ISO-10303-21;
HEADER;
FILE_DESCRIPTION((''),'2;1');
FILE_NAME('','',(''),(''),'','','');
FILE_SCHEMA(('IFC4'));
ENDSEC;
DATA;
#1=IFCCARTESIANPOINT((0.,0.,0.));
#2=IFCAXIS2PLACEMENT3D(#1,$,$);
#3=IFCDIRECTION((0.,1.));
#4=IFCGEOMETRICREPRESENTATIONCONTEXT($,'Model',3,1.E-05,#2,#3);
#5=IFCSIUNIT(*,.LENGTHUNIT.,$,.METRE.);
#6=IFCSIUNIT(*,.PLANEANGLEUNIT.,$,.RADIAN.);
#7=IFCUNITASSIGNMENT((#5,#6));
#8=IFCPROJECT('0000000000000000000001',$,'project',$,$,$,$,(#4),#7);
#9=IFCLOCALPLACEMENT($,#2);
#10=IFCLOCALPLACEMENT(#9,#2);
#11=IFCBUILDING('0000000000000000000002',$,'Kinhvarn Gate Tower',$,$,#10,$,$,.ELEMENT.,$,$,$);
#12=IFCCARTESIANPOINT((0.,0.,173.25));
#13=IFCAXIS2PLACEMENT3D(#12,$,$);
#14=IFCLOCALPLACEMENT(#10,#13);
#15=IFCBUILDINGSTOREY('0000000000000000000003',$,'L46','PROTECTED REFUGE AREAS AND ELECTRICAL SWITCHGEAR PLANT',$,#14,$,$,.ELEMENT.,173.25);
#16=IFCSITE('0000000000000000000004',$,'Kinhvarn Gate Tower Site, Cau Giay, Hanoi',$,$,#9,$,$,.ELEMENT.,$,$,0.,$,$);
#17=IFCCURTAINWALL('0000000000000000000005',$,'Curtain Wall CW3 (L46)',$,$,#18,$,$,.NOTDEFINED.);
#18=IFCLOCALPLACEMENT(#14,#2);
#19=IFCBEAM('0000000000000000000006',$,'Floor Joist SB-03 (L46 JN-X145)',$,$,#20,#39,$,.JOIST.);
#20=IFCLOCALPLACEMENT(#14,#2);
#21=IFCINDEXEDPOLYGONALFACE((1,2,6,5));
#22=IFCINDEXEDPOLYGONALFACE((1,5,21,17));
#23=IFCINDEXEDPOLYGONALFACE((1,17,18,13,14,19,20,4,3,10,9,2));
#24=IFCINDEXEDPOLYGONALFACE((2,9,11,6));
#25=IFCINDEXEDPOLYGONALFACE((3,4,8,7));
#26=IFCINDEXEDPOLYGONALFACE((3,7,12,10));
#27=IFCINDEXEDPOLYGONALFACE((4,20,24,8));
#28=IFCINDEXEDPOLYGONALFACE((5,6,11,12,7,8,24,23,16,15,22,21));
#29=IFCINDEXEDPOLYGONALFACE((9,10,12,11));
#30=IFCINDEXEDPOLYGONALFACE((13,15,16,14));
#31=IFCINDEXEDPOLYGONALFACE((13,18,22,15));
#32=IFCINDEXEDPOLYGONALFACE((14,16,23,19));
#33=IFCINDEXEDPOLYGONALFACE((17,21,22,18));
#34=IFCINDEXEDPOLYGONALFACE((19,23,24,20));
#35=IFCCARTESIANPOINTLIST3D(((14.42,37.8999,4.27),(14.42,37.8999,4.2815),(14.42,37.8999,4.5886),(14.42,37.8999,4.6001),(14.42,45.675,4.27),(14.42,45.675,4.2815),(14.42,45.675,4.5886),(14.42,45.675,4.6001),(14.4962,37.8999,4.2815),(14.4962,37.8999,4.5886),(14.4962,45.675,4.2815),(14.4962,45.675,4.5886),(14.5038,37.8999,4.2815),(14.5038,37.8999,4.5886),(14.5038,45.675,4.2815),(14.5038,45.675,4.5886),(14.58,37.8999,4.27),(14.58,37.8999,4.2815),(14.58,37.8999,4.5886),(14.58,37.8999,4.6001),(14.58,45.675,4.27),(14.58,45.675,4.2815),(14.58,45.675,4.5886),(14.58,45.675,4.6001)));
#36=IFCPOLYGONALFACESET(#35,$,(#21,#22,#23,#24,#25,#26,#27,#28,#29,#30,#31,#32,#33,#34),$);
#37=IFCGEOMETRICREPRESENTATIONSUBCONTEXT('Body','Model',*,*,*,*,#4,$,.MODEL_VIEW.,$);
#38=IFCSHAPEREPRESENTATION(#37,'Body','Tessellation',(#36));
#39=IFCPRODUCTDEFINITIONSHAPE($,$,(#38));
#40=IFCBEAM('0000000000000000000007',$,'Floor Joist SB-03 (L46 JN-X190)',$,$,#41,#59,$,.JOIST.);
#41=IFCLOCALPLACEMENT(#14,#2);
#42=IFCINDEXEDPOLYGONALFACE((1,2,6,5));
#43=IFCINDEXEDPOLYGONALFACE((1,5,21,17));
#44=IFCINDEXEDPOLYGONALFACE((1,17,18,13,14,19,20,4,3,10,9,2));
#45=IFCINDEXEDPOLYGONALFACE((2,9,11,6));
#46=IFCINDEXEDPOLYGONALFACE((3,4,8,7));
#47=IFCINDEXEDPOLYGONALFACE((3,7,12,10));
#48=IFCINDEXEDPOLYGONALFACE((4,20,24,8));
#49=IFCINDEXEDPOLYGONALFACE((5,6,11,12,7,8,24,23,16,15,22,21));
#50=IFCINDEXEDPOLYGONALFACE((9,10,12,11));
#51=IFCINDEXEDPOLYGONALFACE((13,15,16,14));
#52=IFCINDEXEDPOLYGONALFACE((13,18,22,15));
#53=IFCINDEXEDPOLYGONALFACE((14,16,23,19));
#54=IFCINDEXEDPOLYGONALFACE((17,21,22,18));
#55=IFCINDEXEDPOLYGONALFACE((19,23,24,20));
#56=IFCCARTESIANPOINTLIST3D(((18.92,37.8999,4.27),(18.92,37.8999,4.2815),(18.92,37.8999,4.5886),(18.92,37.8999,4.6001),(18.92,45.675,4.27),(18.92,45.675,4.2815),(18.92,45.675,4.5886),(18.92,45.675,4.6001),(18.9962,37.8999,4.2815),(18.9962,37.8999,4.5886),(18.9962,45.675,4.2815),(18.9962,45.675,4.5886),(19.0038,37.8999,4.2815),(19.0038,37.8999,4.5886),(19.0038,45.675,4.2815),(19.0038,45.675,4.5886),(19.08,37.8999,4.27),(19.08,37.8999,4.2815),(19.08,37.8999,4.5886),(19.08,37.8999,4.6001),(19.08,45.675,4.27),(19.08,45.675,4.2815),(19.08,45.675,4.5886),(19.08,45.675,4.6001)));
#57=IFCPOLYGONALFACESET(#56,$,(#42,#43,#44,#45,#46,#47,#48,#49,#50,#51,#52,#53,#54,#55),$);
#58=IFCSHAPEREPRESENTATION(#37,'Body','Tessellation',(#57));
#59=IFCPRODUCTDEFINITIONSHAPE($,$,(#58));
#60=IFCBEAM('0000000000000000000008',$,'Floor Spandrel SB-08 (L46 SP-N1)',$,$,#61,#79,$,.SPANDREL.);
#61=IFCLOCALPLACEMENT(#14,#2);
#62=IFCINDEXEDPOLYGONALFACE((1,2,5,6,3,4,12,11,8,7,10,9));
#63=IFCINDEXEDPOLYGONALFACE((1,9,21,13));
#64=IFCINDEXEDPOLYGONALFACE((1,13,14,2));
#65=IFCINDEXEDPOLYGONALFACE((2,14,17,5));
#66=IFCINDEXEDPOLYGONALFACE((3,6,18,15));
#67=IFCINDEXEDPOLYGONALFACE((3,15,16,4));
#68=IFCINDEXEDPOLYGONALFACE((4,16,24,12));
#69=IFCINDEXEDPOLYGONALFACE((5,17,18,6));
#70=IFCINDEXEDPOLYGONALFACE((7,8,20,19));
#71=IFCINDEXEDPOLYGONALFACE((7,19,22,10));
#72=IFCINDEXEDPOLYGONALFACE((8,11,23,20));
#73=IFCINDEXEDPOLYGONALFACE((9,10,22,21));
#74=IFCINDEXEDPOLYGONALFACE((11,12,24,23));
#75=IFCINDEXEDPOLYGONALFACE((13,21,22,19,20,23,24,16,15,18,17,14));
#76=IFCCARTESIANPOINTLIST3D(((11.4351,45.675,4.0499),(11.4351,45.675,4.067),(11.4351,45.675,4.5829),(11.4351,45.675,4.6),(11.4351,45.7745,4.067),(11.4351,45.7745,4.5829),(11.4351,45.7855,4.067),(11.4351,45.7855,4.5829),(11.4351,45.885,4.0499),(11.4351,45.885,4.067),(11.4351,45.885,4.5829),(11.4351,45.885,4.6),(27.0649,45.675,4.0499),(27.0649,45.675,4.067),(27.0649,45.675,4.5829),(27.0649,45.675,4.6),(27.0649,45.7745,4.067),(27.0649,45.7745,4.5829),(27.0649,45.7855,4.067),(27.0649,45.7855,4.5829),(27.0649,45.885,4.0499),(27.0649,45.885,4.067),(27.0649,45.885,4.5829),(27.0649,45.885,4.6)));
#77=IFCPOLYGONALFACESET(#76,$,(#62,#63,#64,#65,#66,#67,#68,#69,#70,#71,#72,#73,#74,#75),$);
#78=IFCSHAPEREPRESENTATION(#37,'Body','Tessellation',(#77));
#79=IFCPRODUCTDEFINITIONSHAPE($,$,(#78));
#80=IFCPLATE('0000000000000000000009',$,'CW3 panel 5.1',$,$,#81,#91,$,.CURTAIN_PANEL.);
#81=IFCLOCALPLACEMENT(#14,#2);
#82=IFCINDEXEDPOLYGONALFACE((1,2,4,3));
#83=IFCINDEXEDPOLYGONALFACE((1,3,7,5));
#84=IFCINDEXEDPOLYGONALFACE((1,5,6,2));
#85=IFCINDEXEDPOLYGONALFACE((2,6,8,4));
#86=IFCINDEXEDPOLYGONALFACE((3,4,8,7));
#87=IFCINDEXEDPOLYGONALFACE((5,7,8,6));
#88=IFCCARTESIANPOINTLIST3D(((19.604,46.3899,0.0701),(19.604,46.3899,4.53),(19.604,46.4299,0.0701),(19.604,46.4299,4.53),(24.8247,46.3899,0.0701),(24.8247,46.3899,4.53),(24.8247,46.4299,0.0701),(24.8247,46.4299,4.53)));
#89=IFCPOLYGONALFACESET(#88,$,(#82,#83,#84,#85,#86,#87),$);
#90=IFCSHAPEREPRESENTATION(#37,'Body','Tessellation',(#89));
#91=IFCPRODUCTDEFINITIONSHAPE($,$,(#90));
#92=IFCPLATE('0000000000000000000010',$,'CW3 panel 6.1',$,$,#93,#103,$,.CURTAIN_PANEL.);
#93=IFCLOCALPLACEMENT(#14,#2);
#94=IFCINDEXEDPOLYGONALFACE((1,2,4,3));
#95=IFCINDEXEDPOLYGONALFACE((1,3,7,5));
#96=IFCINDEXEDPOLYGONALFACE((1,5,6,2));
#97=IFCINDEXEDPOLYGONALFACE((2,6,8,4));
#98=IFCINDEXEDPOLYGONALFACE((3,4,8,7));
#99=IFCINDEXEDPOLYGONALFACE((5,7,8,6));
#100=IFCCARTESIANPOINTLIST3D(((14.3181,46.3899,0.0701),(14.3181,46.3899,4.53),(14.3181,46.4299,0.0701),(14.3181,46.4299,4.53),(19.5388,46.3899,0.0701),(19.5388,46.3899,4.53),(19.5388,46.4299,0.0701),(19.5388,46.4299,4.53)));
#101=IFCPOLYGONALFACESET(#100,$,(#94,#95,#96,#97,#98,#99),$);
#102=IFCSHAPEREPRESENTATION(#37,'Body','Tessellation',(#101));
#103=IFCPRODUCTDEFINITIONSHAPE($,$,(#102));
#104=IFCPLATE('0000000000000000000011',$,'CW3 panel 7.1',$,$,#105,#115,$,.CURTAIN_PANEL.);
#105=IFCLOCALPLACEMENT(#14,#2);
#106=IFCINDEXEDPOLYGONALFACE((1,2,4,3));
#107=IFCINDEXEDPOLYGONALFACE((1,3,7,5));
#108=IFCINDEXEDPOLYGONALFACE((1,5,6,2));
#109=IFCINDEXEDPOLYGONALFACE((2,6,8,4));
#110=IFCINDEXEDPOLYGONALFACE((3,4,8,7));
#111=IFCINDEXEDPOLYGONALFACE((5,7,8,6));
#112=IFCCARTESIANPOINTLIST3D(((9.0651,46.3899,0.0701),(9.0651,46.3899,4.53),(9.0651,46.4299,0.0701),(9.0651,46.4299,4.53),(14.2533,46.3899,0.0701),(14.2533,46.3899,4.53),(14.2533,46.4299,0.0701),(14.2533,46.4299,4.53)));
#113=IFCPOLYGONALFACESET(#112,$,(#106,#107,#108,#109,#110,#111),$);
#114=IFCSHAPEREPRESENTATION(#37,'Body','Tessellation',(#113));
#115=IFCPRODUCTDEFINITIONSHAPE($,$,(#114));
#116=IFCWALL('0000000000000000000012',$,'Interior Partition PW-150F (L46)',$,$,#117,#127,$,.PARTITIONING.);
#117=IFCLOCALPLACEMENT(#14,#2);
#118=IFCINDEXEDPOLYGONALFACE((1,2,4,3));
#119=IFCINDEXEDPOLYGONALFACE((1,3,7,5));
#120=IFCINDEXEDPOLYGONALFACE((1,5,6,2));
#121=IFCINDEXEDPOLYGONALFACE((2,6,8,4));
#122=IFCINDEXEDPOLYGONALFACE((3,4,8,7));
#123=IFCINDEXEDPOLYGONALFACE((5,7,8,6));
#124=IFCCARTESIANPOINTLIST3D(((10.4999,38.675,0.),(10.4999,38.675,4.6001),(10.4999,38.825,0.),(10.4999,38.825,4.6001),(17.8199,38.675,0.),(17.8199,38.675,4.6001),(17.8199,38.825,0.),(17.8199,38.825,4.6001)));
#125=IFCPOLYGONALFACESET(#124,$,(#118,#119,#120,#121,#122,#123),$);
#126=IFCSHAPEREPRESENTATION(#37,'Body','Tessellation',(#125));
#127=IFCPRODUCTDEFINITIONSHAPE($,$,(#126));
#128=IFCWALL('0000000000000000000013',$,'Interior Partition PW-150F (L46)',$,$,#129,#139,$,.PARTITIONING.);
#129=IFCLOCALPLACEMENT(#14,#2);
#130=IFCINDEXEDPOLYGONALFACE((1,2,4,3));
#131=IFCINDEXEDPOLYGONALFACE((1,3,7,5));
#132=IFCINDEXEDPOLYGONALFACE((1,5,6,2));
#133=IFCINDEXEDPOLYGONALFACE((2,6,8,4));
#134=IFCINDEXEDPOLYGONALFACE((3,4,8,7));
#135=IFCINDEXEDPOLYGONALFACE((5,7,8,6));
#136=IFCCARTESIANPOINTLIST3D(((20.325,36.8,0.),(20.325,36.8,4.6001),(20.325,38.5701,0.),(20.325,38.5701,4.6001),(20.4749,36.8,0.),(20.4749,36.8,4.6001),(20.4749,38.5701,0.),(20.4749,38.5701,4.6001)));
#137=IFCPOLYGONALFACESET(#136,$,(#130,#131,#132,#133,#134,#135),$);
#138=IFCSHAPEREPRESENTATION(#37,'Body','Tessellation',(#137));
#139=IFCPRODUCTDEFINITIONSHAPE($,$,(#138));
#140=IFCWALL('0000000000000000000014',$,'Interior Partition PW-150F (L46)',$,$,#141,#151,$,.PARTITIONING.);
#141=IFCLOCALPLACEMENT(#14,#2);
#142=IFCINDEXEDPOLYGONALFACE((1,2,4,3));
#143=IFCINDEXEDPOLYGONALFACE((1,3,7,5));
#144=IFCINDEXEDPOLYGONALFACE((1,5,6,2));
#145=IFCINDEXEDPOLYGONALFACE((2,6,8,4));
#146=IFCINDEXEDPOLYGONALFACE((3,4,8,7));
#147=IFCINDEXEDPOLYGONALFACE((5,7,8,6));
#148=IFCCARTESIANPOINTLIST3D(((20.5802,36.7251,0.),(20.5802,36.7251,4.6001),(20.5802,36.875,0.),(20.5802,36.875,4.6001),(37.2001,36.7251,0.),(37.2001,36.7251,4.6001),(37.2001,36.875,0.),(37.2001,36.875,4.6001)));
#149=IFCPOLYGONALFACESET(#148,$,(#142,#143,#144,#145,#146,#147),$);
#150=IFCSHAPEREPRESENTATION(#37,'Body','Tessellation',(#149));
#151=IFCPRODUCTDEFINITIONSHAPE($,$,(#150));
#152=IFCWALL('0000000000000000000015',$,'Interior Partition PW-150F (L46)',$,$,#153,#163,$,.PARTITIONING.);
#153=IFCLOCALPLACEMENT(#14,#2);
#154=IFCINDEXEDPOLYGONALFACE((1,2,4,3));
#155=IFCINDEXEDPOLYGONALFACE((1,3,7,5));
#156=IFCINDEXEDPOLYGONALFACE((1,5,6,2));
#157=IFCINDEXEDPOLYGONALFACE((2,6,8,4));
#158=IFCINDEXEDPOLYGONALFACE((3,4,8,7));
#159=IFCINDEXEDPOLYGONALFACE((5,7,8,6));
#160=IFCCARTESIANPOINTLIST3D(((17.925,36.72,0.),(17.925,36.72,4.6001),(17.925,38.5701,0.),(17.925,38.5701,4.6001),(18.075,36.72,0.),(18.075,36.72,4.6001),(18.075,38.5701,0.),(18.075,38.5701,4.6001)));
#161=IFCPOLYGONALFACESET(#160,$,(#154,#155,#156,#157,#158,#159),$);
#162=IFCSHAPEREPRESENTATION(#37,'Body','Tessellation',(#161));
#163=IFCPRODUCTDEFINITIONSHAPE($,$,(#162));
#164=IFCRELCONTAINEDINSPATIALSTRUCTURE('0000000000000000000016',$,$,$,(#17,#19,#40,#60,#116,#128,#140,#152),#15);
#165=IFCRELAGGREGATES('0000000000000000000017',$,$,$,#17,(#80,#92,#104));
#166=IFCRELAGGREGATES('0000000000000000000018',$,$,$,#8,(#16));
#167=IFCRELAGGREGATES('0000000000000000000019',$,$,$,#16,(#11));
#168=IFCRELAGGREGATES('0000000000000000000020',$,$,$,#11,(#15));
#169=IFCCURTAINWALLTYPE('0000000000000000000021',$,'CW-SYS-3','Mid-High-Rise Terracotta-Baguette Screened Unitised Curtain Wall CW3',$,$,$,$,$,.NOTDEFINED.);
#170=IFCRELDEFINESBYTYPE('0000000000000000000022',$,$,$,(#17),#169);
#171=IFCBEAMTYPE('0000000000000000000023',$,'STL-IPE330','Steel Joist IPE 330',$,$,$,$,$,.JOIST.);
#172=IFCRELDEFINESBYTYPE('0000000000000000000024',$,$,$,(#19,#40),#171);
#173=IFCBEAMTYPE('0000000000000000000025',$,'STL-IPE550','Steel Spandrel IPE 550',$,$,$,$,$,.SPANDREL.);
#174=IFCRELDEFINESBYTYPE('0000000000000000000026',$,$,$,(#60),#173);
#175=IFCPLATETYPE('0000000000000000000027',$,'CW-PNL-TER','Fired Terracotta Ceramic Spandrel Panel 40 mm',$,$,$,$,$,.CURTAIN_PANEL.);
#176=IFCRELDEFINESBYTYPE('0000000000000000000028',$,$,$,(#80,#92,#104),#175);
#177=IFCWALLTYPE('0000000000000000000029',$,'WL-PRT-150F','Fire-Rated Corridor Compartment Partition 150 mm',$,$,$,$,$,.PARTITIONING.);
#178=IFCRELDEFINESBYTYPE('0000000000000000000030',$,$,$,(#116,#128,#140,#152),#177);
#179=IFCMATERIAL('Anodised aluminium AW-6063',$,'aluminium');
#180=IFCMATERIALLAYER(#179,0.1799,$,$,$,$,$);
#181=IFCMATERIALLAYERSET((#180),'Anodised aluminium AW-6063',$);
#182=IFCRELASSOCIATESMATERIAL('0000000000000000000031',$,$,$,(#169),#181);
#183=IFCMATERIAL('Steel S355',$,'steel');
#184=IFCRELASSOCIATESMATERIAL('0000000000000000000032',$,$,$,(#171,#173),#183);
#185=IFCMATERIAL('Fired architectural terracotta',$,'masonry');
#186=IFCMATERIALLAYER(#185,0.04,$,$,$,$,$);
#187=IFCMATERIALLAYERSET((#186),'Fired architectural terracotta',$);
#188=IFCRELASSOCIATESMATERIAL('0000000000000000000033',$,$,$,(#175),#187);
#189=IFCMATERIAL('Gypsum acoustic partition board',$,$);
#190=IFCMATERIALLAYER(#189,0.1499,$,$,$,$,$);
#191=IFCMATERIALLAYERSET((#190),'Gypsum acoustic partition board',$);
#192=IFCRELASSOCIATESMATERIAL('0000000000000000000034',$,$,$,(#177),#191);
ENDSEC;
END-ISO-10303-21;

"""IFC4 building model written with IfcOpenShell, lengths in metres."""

from ifc_helpers import new_model, si_unit, direction, frame, frame_2d, origin, origin_2d, place, context, subcontext, project, spatial, rectangle, i_section, extrude, material, layer, layer_set, material_profile, profile_set, type_object, element, aggregate, save


model = new_model("IFC4")

# Units and contexts
model_context = context("Model", 3, precision=1e-05, world=origin(), true_north=direction((0.0, 1.0)))
body_context = subcontext(model_context, "Body", "Model", "MODEL_VIEW")
ifc_project = project(units=[si_unit("LENGTHUNIT", "METRE"), si_unit("PLANEANGLEUNIT", "RADIAN")], contexts=[model_context])

# Site, building, storey
site_placement = place(None, origin())
site = spatial("IfcSite", under=ifc_project, at=site_placement, Name="Kinhvarn Gate Tower Site, Cau Giay, Hanoi", CompositionType="ELEMENT", RefElevation=0.0)
building_placement = place(site_placement, origin())
building = spatial("IfcBuilding", under=site, at=building_placement, Name="Kinhvarn Gate Tower", CompositionType="ELEMENT")
storey_placement = place(building_placement, frame((0.0, 0.0, 173.25)))
storey = spatial("IfcBuildingStorey", under=building, at=storey_placement, Name="L46", Description="PROTECTED REFUGE AREAS AND ELECTRICAL SWITCHGEAR PLANT", CompositionType="ELEMENT", Elevation=173.25)

# Curtain wall
ifc_material_1 = material(Name="Anodised aluminium AW-6063", Category="aluminium")
ifc_layer_1 = layer(ifc_material_1, 0.1799)
ifc_layer_set_1 = layer_set([ifc_layer_1], Name="Anodised aluminium AW-6063")
curtain_wall_type = type_object("IfcCurtainWallType", Name="CW-SYS-3", Description="Mid-High-Rise Terracotta-Baguette Screened Unitised Curtain Wall CW3", PredefinedType="NOTDEFINED", material=ifc_layer_set_1)
curtain_wall_placement = place(storey_placement, origin())
curtain_wall = element("IfcCurtainWall", 1, at=curtain_wall_placement, inside=storey, type_object=curtain_wall_type, Name="Curtain Wall CW3 (L46)", PredefinedType="NOTDEFINED")

# Shared definitions
ifc_material_2 = material(Name="Steel S355", Category="steel")

# Beams
ifc_material_profile_1 = material_profile(ifc_material_2, i_section(OverallWidth=0.1599, OverallDepth=0.3301, WebThickness=0.0076, FlangeThickness=0.0115, at=origin_2d()), Name="IPE 330")
ifc_profile_set_1 = profile_set([ifc_material_profile_1], Name="Steel S355")
beam_type_1 = type_object("IfcBeamType", Name="STL-IPE330", Description="Steel Joist IPE 330", PredefinedType="JOIST", material=ifc_profile_set_1)
for number, where, z_axis, x_axis, name in (
    (2, (14.5, 37.8999, 4.4351), (0.0, 1.0, 0.0), (-1.0, 0.0, 0.0), "Floor Joist SB-03 (L46 JN-X145)"),
    (3, (19.0, 37.8999, 4.4351), (0.0, 1.0, 0.0), (-1.0, 0.0, 0.0), "Floor Joist SB-03 (L46 JN-X190)"),
):
    element("IfcBeam", number, at=place(storey_placement, frame(where, z_axis=z_axis, x_axis=x_axis)), inside=storey, type_object=beam_type_1, Name=name, PredefinedType="JOIST", context=body_context, shape_type="SweptSolid", body=[
        extrude(i_section(OverallWidth=0.1599, OverallDepth=0.3301, WebThickness=0.0076, FlangeThickness=0.0115, at=origin_2d()), origin(), (0.0, 0.0, 1.0), 7.7751),
    ])
ifc_material_profile_2 = material_profile(ifc_material_2, i_section(OverallWidth=0.21, OverallDepth=0.55, WebThickness=0.011, FlangeThickness=0.0171, at=origin_2d()), Name="IPE 550")
ifc_profile_set_2 = profile_set([ifc_material_profile_2], Name="Steel S355")
beam_type_2 = type_object("IfcBeamType", Name="STL-IPE550", Description="Steel Spandrel IPE 550", PredefinedType="SPANDREL", material=ifc_profile_set_2)
beam_placement = place(storey_placement, frame((11.4351, 45.78, 4.325), z_axis=(1.0, 0.0, 0.0), x_axis=(0.0, 1.0, 0.0)))
element("IfcBeam", 4, at=beam_placement, inside=storey, type_object=beam_type_2, Name="Floor Spandrel SB-08 (L46 SP-N1)", PredefinedType="SPANDREL", context=body_context, shape_type="SweptSolid", body=[
    extrude(i_section(OverallWidth=0.21, OverallDepth=0.55, WebThickness=0.011, FlangeThickness=0.0171, at=origin_2d()), origin(), (0.0, 0.0, 1.0), 15.6299),
])

# Plates
ifc_material_3 = material(Name="Fired architectural terracotta", Category="masonry")
ifc_layer_2 = layer(ifc_material_3, 0.04)
ifc_layer_set_2 = layer_set([ifc_layer_2], Name="Fired architectural terracotta")
plate_type = type_object("IfcPlateType", Name="CW-PNL-TER", Description="Fired Terracotta Ceramic Spandrel Panel 40 mm", PredefinedType="CURTAIN_PANEL", material=ifc_layer_set_2)
plate_1_placement = place(storey_placement, frame((22.2144, 46.4099, 0.0701), z_axis=(0.0, 0.0, 1.0), x_axis=(-1.0, 0.0, 0.0)))
plate_1 = element("IfcPlate", 5, at=plate_1_placement, type_object=plate_type, Name="CW3 panel 5.1", PredefinedType="CURTAIN_PANEL", context=body_context, shape_type="SweptSolid", body=[
    extrude(rectangle(XDim=5.2207, YDim=0.04, at=origin_2d()), origin(), (0.0, 0.0, 1.0), 4.46),
])
plate_2_placement = place(storey_placement, frame((16.9285, 46.4099, 0.0701), z_axis=(0.0, 0.0, 1.0), x_axis=(-1.0, 0.0, 0.0)))
plate_2 = element("IfcPlate", 6, at=plate_2_placement, type_object=plate_type, Name="CW3 panel 6.1", PredefinedType="CURTAIN_PANEL", context=body_context, shape_type="SweptSolid", body=[
    extrude(rectangle(XDim=5.2207, YDim=0.04, at=origin_2d()), origin(), (0.0, 0.0, 1.0), 4.46),
])
plate_3_placement = place(storey_placement, frame((11.6592, 46.4099, 0.0701), z_axis=(0.0, 0.0, 1.0), x_axis=(-1.0, 0.0, 0.0)))
plate_3 = element("IfcPlate", 7, at=plate_3_placement, type_object=plate_type, Name="CW3 panel 7.1", PredefinedType="CURTAIN_PANEL", context=body_context, shape_type="SweptSolid", body=[
    extrude(rectangle(XDim=5.1882, YDim=0.04, at=origin_2d()), origin(), (0.0, 0.0, 1.0), 4.46),
])
aggregate(curtain_wall, [plate_1, plate_2, plate_3])

# Shared definitions
ifc_material_4 = material(Name="Gypsum acoustic partition board")
ifc_layer_3 = layer(ifc_material_4, 0.1499)
ifc_layer_set_3 = layer_set([ifc_layer_3], Name="Gypsum acoustic partition board")
wall_type_1 = type_object("IfcWallType", Name="WL-PRT-150F", Description="Fire-Rated Corridor Compartment Partition 150 mm", PredefinedType="PARTITIONING", material=ifc_layer_set_3)

# Walls
wall_1_placement = place(storey_placement, frame((17.8201, 38.75, 0.0), z_axis=(0.0, 0.0, 1.0), x_axis=(-1.0, 0.0, 0.0)))
element("IfcWall", 8, at=wall_1_placement, inside=storey, type_object=wall_type_1, Name="Interior Partition PW-150F (L46)", PredefinedType="PARTITIONING", context=body_context, shape_type="SweptSolid", body=[
    extrude(rectangle(XDim=7.3201, YDim=0.1499, at=frame_2d((3.6602, 0.0))), origin(), (0.0, 0.0, 1.0), 4.6001),
])
wall_2_placement = place(storey_placement, frame((20.3999, 38.5701, 0.0), z_axis=(0.0, 0.0, 1.0), x_axis=(0.0, -1.0, 0.0)))
element("IfcWall", 9, at=wall_2_placement, inside=storey, type_object=wall_type_1, Name="Interior Partition PW-150F (L46)", PredefinedType="PARTITIONING", context=body_context, shape_type="SweptSolid", body=[
    extrude(rectangle(XDim=1.77, YDim=0.1499, at=frame_2d((0.885, 0.0))), origin(), (0.0, 0.0, 1.0), 4.6001),
])
wall_3_placement = place(storey_placement, frame((20.5801, 36.8, 0.0), z_axis=(0.0, 0.0, 1.0), x_axis=(1.0, 0.0, 0.0)))
element("IfcWall", 10, at=wall_3_placement, inside=storey, type_object=wall_type_1, Name="Interior Partition PW-150F (L46)", PredefinedType="PARTITIONING", context=body_context, shape_type="SweptSolid", body=[
    extrude(rectangle(XDim=16.6199, YDim=0.1499, at=frame_2d((8.3101, 0.0))), origin(), (0.0, 0.0, 1.0), 4.6001),
])
wall_4_placement = place(storey_placement, frame((18.0, 36.72, 0.0), z_axis=(0.0, 0.0, 1.0), x_axis=(0.0, 1.0, 0.0)))
element("IfcWall", 11, at=wall_4_placement, inside=storey, type_object=wall_type_1, Name="Interior Partition PW-150F (L46)", PredefinedType="PARTITIONING", context=body_context, shape_type="SweptSolid", body=[
    extrude(rectangle(XDim=1.8501, YDim=0.1499, at=frame_2d((0.925, 0.0))), origin(), (0.0, 0.0, 1.0), 4.6001),
])

save(model, "model.ifc")
